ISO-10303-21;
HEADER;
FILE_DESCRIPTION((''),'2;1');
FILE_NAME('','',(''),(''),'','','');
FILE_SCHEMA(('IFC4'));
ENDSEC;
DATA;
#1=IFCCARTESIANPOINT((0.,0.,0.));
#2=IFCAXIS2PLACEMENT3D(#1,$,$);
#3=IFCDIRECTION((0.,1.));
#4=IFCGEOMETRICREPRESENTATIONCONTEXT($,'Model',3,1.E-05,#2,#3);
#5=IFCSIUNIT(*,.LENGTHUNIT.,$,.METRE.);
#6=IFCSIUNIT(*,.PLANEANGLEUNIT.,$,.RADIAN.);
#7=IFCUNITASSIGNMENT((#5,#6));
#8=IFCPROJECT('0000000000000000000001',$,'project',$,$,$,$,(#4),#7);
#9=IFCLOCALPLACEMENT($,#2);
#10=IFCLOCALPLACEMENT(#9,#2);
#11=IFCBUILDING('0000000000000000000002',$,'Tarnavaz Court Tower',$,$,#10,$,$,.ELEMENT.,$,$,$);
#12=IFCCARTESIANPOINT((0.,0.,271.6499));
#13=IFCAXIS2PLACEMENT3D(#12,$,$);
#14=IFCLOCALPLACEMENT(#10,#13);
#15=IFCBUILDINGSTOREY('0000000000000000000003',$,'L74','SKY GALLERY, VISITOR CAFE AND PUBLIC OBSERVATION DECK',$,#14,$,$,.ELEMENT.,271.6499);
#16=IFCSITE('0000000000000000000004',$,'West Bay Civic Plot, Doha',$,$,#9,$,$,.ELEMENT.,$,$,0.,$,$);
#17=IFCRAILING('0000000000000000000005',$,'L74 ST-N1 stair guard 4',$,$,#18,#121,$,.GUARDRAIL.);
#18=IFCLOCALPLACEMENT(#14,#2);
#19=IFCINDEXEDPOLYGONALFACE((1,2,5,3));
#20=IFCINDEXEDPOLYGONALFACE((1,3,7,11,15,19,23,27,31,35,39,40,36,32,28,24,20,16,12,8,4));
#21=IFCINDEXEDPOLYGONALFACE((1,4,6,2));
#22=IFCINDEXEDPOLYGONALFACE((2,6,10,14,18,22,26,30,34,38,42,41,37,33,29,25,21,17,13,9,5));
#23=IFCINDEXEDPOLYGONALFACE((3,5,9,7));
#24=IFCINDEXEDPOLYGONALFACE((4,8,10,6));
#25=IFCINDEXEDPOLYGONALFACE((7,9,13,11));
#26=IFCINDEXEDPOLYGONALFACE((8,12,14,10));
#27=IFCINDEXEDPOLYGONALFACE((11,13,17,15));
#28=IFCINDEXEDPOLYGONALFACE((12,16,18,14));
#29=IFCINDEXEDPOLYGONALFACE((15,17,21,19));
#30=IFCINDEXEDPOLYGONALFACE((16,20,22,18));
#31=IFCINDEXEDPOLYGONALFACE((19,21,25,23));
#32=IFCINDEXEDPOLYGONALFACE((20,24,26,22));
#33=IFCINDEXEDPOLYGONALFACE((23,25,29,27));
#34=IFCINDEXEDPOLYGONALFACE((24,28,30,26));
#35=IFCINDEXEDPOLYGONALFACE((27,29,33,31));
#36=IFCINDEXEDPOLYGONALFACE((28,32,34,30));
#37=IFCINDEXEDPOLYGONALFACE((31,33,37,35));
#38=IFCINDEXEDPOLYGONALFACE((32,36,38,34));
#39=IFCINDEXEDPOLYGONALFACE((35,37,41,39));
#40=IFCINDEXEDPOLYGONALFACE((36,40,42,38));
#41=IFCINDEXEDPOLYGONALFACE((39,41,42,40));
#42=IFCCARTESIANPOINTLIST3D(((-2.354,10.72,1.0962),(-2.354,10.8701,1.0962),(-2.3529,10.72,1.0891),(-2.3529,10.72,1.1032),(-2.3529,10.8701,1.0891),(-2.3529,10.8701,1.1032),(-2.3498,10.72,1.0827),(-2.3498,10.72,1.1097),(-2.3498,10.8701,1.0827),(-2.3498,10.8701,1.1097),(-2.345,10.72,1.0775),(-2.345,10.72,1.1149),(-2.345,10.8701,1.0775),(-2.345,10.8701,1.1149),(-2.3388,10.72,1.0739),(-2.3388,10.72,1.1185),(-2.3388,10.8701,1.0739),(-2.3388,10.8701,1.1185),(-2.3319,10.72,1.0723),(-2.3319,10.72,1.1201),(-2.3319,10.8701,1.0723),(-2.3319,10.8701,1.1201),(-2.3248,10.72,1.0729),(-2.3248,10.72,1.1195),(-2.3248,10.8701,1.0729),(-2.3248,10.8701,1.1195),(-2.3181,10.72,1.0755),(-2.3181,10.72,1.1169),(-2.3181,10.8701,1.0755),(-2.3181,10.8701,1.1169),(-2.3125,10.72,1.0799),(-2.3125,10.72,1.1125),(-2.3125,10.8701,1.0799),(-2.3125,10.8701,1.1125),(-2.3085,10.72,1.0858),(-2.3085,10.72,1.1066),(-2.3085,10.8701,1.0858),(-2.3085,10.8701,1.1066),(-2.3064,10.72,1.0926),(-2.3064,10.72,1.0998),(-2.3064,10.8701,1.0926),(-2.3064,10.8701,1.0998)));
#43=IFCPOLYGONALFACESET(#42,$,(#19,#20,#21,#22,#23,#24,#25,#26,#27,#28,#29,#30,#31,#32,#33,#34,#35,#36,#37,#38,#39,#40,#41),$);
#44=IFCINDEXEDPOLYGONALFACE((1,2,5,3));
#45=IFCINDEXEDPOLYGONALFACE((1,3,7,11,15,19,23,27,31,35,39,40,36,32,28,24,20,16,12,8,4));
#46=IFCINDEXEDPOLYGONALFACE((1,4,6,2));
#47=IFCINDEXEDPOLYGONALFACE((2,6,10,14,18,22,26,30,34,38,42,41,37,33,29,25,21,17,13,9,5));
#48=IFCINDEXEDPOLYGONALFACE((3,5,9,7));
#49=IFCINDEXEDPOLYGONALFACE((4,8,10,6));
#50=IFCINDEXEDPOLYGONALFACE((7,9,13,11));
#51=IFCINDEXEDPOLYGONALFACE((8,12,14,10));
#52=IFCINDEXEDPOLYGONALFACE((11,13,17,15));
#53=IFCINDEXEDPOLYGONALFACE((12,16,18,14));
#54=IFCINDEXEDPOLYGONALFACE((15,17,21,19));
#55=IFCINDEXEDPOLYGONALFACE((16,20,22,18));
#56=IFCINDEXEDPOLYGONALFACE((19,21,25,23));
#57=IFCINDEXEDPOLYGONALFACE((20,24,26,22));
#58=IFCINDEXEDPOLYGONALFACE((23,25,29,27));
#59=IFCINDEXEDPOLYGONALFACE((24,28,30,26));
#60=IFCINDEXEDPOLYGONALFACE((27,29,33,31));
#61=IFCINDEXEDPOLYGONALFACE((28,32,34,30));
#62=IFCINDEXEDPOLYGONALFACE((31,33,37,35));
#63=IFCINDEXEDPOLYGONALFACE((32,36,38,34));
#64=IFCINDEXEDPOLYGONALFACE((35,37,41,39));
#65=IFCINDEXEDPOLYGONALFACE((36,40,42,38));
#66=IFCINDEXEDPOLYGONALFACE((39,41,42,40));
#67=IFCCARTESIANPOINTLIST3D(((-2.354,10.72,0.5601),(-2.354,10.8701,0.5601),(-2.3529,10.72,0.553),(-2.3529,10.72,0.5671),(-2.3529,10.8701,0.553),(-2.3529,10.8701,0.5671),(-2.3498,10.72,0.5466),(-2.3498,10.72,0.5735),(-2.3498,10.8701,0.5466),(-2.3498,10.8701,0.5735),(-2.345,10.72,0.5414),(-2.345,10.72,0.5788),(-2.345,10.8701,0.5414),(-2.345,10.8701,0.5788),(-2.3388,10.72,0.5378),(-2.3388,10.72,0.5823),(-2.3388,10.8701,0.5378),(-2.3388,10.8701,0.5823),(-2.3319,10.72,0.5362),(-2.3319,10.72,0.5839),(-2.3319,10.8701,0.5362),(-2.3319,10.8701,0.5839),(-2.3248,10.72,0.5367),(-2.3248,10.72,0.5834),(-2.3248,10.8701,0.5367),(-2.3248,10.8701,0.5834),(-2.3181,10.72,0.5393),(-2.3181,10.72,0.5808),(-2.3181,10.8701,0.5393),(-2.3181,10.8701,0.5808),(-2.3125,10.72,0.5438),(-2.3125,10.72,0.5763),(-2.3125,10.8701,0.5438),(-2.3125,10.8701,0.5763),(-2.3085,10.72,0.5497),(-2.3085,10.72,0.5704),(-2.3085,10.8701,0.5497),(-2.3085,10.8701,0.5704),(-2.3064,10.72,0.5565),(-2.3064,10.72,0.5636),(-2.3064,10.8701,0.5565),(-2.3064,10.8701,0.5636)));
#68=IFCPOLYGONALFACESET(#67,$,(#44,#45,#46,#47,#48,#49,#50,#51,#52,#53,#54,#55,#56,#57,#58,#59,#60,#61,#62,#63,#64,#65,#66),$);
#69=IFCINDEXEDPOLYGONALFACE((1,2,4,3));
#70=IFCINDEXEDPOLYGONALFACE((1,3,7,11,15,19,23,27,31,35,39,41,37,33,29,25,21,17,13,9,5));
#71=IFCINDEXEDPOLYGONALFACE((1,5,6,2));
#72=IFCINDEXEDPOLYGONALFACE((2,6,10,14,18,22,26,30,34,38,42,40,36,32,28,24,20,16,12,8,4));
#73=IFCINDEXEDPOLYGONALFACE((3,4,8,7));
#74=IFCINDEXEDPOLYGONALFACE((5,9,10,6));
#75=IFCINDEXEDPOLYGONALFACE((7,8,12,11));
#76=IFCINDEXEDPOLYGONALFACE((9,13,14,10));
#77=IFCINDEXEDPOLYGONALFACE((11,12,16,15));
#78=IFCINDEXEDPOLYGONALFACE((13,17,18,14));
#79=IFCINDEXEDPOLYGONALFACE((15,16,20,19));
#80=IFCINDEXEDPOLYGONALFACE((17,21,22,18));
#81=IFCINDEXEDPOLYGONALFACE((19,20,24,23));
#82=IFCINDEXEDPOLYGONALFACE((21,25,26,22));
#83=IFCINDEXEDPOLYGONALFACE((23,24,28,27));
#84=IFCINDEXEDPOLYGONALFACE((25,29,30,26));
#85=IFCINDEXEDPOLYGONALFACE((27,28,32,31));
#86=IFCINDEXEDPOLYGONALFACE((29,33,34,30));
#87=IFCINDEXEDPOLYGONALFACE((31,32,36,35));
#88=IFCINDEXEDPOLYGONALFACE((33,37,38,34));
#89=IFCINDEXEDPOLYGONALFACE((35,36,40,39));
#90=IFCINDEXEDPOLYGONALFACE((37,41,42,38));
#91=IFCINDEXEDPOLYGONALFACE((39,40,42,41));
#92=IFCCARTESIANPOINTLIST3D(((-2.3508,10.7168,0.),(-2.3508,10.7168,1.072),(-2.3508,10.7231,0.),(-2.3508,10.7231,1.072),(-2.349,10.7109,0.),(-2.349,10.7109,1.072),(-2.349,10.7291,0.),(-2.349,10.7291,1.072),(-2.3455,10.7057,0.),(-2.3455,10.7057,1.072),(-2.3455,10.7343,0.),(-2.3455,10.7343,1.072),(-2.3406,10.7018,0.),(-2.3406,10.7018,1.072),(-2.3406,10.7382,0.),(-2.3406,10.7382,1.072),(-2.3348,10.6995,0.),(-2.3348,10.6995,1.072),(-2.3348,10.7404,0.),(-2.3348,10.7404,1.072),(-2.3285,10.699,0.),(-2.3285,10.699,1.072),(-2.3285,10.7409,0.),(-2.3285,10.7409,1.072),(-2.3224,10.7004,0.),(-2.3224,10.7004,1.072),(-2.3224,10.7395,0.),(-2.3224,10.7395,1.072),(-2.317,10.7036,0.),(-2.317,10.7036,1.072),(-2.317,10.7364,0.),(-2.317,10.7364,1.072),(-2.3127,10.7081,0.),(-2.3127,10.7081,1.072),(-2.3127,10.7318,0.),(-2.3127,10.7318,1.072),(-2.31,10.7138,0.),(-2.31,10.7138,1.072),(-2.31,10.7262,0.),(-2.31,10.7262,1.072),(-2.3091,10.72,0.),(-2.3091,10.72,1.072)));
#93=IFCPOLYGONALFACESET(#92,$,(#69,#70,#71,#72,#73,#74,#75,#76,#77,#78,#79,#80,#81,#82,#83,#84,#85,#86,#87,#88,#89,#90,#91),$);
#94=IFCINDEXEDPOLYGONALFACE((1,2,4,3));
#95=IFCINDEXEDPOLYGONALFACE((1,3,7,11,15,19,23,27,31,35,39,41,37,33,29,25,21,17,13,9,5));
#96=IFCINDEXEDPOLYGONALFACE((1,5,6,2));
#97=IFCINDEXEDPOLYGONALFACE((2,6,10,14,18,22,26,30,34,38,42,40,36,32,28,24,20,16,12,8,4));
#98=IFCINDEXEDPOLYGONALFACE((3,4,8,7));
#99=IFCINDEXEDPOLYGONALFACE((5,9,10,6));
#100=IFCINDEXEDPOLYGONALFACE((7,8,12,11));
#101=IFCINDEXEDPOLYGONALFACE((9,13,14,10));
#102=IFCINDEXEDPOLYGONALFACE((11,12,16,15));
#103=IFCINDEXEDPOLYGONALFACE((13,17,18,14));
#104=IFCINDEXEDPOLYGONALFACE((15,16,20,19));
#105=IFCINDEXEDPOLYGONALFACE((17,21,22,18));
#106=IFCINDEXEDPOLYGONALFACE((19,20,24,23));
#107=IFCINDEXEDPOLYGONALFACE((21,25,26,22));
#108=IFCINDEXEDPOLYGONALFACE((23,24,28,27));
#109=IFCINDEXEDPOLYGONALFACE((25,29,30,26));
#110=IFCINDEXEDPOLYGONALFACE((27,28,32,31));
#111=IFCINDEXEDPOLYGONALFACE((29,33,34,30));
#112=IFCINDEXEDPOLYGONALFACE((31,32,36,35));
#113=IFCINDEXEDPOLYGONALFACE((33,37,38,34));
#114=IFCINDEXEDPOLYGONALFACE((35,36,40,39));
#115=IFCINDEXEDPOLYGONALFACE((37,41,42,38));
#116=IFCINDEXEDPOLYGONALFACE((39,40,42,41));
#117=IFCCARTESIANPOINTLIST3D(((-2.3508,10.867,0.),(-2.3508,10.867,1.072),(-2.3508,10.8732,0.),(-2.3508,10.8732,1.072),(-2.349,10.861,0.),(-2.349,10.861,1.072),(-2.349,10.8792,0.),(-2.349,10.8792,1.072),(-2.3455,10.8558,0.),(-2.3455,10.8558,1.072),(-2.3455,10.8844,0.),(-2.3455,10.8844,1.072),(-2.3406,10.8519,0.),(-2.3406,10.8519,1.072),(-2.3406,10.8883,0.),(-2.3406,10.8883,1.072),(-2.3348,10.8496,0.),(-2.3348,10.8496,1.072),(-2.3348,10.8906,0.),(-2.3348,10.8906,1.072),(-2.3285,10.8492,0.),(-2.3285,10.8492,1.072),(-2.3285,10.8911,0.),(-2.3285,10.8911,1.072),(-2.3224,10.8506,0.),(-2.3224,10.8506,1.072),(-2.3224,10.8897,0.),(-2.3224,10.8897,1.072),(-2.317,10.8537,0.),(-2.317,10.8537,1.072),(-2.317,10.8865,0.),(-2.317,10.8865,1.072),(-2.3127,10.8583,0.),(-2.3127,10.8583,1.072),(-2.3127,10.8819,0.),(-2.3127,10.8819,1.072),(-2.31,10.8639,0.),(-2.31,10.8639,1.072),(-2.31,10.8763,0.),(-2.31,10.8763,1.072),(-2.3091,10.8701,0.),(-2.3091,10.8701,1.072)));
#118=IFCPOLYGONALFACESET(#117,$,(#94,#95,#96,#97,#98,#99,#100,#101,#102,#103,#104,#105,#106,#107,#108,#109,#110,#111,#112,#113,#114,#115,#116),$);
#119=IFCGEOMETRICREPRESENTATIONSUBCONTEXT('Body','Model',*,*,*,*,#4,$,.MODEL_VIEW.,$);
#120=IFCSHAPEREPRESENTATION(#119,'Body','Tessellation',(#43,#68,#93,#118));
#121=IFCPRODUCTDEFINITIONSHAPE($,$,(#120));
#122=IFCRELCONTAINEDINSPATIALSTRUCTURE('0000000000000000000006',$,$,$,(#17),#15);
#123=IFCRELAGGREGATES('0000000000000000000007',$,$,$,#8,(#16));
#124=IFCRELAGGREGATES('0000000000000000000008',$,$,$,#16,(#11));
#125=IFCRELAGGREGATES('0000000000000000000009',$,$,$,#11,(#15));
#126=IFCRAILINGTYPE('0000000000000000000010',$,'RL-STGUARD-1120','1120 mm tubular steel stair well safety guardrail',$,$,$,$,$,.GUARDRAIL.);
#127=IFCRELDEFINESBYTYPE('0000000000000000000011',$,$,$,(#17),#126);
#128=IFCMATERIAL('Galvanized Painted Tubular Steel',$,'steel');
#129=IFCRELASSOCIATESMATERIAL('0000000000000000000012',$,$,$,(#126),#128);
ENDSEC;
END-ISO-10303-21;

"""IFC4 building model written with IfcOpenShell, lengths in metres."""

from ifc_helpers import new_model, si_unit, direction, frame, origin, origin_2d, place, context, subcontext, project, spatial, circle, extrude, material, type_object, element, save


model = new_model("IFC4")

# Units and contexts
model_context = context("Model", 3, precision=1e-05, world=origin(), true_north=direction((0.0, 1.0)))
body_context = subcontext(model_context, "Body", "Model", "MODEL_VIEW")
ifc_project = project(units=[si_unit("LENGTHUNIT", "METRE"), si_unit("PLANEANGLEUNIT", "RADIAN")], contexts=[model_context])

# Site, building, storey
site_placement = place(None, origin())
site = spatial("IfcSite", under=ifc_project, at=site_placement, Name="West Bay Civic Plot, Doha", CompositionType="ELEMENT", RefElevation=0.0)
building_placement = place(site_placement, origin())
building = spatial("IfcBuilding", under=site, at=building_placement, Name="Tarnavaz Court Tower", CompositionType="ELEMENT")
storey_placement = place(building_placement, frame((0.0, 0.0, 271.6499)))
storey = spatial("IfcBuildingStorey", under=building, at=storey_placement, Name="L74", Description="SKY GALLERY, VISITOR CAFE AND PUBLIC OBSERVATION DECK", CompositionType="ELEMENT", Elevation=271.6499)

# Railing
ifc_material_1 = material(Name="Galvanized Painted Tubular Steel", Category="steel")
railing_type_1 = type_object("IfcRailingType", Name="RL-STGUARD-1120", Description="1120 mm tubular steel stair well safety guardrail", PredefinedType="GUARDRAIL", material=ifc_material_1)
railing_1_placement = place(storey_placement, frame((-2.3301, 10.72, 0.0)))
element("IfcRailing", 1, at=railing_1_placement, inside=storey, type_object=railing_type_1, Name="L74 ST-N1 stair guard 4", PredefinedType="GUARDRAIL", context=body_context, shape_type="SweptSolid", body=[
    extrude(circle(Radius=0.0239, at=origin_2d()), frame((0.0, 0.0, 1.0962), z_axis=(0.0, 1.0, 0.0), x_axis=(-1.0, 0.0, 0.0)), (0.0, 0.0, 1.0), 0.1501),
    extrude(circle(Radius=0.0239, at=origin_2d()), frame((0.0, 0.0, 0.5601), z_axis=(0.0, 1.0, 0.0), x_axis=(-1.0, 0.0, 0.0)), (0.0, 0.0, 1.0), 0.1501),
    extrude(circle(Radius=0.021, at=origin_2d()), origin(), (0.0, 0.0, 1.0), 1.072),
    extrude(circle(Radius=0.021, at=origin_2d()), frame((0.0, 0.1501, 0.0)), (0.0, 0.0, 1.0), 1.072),
])

save(model, "model.ifc")
